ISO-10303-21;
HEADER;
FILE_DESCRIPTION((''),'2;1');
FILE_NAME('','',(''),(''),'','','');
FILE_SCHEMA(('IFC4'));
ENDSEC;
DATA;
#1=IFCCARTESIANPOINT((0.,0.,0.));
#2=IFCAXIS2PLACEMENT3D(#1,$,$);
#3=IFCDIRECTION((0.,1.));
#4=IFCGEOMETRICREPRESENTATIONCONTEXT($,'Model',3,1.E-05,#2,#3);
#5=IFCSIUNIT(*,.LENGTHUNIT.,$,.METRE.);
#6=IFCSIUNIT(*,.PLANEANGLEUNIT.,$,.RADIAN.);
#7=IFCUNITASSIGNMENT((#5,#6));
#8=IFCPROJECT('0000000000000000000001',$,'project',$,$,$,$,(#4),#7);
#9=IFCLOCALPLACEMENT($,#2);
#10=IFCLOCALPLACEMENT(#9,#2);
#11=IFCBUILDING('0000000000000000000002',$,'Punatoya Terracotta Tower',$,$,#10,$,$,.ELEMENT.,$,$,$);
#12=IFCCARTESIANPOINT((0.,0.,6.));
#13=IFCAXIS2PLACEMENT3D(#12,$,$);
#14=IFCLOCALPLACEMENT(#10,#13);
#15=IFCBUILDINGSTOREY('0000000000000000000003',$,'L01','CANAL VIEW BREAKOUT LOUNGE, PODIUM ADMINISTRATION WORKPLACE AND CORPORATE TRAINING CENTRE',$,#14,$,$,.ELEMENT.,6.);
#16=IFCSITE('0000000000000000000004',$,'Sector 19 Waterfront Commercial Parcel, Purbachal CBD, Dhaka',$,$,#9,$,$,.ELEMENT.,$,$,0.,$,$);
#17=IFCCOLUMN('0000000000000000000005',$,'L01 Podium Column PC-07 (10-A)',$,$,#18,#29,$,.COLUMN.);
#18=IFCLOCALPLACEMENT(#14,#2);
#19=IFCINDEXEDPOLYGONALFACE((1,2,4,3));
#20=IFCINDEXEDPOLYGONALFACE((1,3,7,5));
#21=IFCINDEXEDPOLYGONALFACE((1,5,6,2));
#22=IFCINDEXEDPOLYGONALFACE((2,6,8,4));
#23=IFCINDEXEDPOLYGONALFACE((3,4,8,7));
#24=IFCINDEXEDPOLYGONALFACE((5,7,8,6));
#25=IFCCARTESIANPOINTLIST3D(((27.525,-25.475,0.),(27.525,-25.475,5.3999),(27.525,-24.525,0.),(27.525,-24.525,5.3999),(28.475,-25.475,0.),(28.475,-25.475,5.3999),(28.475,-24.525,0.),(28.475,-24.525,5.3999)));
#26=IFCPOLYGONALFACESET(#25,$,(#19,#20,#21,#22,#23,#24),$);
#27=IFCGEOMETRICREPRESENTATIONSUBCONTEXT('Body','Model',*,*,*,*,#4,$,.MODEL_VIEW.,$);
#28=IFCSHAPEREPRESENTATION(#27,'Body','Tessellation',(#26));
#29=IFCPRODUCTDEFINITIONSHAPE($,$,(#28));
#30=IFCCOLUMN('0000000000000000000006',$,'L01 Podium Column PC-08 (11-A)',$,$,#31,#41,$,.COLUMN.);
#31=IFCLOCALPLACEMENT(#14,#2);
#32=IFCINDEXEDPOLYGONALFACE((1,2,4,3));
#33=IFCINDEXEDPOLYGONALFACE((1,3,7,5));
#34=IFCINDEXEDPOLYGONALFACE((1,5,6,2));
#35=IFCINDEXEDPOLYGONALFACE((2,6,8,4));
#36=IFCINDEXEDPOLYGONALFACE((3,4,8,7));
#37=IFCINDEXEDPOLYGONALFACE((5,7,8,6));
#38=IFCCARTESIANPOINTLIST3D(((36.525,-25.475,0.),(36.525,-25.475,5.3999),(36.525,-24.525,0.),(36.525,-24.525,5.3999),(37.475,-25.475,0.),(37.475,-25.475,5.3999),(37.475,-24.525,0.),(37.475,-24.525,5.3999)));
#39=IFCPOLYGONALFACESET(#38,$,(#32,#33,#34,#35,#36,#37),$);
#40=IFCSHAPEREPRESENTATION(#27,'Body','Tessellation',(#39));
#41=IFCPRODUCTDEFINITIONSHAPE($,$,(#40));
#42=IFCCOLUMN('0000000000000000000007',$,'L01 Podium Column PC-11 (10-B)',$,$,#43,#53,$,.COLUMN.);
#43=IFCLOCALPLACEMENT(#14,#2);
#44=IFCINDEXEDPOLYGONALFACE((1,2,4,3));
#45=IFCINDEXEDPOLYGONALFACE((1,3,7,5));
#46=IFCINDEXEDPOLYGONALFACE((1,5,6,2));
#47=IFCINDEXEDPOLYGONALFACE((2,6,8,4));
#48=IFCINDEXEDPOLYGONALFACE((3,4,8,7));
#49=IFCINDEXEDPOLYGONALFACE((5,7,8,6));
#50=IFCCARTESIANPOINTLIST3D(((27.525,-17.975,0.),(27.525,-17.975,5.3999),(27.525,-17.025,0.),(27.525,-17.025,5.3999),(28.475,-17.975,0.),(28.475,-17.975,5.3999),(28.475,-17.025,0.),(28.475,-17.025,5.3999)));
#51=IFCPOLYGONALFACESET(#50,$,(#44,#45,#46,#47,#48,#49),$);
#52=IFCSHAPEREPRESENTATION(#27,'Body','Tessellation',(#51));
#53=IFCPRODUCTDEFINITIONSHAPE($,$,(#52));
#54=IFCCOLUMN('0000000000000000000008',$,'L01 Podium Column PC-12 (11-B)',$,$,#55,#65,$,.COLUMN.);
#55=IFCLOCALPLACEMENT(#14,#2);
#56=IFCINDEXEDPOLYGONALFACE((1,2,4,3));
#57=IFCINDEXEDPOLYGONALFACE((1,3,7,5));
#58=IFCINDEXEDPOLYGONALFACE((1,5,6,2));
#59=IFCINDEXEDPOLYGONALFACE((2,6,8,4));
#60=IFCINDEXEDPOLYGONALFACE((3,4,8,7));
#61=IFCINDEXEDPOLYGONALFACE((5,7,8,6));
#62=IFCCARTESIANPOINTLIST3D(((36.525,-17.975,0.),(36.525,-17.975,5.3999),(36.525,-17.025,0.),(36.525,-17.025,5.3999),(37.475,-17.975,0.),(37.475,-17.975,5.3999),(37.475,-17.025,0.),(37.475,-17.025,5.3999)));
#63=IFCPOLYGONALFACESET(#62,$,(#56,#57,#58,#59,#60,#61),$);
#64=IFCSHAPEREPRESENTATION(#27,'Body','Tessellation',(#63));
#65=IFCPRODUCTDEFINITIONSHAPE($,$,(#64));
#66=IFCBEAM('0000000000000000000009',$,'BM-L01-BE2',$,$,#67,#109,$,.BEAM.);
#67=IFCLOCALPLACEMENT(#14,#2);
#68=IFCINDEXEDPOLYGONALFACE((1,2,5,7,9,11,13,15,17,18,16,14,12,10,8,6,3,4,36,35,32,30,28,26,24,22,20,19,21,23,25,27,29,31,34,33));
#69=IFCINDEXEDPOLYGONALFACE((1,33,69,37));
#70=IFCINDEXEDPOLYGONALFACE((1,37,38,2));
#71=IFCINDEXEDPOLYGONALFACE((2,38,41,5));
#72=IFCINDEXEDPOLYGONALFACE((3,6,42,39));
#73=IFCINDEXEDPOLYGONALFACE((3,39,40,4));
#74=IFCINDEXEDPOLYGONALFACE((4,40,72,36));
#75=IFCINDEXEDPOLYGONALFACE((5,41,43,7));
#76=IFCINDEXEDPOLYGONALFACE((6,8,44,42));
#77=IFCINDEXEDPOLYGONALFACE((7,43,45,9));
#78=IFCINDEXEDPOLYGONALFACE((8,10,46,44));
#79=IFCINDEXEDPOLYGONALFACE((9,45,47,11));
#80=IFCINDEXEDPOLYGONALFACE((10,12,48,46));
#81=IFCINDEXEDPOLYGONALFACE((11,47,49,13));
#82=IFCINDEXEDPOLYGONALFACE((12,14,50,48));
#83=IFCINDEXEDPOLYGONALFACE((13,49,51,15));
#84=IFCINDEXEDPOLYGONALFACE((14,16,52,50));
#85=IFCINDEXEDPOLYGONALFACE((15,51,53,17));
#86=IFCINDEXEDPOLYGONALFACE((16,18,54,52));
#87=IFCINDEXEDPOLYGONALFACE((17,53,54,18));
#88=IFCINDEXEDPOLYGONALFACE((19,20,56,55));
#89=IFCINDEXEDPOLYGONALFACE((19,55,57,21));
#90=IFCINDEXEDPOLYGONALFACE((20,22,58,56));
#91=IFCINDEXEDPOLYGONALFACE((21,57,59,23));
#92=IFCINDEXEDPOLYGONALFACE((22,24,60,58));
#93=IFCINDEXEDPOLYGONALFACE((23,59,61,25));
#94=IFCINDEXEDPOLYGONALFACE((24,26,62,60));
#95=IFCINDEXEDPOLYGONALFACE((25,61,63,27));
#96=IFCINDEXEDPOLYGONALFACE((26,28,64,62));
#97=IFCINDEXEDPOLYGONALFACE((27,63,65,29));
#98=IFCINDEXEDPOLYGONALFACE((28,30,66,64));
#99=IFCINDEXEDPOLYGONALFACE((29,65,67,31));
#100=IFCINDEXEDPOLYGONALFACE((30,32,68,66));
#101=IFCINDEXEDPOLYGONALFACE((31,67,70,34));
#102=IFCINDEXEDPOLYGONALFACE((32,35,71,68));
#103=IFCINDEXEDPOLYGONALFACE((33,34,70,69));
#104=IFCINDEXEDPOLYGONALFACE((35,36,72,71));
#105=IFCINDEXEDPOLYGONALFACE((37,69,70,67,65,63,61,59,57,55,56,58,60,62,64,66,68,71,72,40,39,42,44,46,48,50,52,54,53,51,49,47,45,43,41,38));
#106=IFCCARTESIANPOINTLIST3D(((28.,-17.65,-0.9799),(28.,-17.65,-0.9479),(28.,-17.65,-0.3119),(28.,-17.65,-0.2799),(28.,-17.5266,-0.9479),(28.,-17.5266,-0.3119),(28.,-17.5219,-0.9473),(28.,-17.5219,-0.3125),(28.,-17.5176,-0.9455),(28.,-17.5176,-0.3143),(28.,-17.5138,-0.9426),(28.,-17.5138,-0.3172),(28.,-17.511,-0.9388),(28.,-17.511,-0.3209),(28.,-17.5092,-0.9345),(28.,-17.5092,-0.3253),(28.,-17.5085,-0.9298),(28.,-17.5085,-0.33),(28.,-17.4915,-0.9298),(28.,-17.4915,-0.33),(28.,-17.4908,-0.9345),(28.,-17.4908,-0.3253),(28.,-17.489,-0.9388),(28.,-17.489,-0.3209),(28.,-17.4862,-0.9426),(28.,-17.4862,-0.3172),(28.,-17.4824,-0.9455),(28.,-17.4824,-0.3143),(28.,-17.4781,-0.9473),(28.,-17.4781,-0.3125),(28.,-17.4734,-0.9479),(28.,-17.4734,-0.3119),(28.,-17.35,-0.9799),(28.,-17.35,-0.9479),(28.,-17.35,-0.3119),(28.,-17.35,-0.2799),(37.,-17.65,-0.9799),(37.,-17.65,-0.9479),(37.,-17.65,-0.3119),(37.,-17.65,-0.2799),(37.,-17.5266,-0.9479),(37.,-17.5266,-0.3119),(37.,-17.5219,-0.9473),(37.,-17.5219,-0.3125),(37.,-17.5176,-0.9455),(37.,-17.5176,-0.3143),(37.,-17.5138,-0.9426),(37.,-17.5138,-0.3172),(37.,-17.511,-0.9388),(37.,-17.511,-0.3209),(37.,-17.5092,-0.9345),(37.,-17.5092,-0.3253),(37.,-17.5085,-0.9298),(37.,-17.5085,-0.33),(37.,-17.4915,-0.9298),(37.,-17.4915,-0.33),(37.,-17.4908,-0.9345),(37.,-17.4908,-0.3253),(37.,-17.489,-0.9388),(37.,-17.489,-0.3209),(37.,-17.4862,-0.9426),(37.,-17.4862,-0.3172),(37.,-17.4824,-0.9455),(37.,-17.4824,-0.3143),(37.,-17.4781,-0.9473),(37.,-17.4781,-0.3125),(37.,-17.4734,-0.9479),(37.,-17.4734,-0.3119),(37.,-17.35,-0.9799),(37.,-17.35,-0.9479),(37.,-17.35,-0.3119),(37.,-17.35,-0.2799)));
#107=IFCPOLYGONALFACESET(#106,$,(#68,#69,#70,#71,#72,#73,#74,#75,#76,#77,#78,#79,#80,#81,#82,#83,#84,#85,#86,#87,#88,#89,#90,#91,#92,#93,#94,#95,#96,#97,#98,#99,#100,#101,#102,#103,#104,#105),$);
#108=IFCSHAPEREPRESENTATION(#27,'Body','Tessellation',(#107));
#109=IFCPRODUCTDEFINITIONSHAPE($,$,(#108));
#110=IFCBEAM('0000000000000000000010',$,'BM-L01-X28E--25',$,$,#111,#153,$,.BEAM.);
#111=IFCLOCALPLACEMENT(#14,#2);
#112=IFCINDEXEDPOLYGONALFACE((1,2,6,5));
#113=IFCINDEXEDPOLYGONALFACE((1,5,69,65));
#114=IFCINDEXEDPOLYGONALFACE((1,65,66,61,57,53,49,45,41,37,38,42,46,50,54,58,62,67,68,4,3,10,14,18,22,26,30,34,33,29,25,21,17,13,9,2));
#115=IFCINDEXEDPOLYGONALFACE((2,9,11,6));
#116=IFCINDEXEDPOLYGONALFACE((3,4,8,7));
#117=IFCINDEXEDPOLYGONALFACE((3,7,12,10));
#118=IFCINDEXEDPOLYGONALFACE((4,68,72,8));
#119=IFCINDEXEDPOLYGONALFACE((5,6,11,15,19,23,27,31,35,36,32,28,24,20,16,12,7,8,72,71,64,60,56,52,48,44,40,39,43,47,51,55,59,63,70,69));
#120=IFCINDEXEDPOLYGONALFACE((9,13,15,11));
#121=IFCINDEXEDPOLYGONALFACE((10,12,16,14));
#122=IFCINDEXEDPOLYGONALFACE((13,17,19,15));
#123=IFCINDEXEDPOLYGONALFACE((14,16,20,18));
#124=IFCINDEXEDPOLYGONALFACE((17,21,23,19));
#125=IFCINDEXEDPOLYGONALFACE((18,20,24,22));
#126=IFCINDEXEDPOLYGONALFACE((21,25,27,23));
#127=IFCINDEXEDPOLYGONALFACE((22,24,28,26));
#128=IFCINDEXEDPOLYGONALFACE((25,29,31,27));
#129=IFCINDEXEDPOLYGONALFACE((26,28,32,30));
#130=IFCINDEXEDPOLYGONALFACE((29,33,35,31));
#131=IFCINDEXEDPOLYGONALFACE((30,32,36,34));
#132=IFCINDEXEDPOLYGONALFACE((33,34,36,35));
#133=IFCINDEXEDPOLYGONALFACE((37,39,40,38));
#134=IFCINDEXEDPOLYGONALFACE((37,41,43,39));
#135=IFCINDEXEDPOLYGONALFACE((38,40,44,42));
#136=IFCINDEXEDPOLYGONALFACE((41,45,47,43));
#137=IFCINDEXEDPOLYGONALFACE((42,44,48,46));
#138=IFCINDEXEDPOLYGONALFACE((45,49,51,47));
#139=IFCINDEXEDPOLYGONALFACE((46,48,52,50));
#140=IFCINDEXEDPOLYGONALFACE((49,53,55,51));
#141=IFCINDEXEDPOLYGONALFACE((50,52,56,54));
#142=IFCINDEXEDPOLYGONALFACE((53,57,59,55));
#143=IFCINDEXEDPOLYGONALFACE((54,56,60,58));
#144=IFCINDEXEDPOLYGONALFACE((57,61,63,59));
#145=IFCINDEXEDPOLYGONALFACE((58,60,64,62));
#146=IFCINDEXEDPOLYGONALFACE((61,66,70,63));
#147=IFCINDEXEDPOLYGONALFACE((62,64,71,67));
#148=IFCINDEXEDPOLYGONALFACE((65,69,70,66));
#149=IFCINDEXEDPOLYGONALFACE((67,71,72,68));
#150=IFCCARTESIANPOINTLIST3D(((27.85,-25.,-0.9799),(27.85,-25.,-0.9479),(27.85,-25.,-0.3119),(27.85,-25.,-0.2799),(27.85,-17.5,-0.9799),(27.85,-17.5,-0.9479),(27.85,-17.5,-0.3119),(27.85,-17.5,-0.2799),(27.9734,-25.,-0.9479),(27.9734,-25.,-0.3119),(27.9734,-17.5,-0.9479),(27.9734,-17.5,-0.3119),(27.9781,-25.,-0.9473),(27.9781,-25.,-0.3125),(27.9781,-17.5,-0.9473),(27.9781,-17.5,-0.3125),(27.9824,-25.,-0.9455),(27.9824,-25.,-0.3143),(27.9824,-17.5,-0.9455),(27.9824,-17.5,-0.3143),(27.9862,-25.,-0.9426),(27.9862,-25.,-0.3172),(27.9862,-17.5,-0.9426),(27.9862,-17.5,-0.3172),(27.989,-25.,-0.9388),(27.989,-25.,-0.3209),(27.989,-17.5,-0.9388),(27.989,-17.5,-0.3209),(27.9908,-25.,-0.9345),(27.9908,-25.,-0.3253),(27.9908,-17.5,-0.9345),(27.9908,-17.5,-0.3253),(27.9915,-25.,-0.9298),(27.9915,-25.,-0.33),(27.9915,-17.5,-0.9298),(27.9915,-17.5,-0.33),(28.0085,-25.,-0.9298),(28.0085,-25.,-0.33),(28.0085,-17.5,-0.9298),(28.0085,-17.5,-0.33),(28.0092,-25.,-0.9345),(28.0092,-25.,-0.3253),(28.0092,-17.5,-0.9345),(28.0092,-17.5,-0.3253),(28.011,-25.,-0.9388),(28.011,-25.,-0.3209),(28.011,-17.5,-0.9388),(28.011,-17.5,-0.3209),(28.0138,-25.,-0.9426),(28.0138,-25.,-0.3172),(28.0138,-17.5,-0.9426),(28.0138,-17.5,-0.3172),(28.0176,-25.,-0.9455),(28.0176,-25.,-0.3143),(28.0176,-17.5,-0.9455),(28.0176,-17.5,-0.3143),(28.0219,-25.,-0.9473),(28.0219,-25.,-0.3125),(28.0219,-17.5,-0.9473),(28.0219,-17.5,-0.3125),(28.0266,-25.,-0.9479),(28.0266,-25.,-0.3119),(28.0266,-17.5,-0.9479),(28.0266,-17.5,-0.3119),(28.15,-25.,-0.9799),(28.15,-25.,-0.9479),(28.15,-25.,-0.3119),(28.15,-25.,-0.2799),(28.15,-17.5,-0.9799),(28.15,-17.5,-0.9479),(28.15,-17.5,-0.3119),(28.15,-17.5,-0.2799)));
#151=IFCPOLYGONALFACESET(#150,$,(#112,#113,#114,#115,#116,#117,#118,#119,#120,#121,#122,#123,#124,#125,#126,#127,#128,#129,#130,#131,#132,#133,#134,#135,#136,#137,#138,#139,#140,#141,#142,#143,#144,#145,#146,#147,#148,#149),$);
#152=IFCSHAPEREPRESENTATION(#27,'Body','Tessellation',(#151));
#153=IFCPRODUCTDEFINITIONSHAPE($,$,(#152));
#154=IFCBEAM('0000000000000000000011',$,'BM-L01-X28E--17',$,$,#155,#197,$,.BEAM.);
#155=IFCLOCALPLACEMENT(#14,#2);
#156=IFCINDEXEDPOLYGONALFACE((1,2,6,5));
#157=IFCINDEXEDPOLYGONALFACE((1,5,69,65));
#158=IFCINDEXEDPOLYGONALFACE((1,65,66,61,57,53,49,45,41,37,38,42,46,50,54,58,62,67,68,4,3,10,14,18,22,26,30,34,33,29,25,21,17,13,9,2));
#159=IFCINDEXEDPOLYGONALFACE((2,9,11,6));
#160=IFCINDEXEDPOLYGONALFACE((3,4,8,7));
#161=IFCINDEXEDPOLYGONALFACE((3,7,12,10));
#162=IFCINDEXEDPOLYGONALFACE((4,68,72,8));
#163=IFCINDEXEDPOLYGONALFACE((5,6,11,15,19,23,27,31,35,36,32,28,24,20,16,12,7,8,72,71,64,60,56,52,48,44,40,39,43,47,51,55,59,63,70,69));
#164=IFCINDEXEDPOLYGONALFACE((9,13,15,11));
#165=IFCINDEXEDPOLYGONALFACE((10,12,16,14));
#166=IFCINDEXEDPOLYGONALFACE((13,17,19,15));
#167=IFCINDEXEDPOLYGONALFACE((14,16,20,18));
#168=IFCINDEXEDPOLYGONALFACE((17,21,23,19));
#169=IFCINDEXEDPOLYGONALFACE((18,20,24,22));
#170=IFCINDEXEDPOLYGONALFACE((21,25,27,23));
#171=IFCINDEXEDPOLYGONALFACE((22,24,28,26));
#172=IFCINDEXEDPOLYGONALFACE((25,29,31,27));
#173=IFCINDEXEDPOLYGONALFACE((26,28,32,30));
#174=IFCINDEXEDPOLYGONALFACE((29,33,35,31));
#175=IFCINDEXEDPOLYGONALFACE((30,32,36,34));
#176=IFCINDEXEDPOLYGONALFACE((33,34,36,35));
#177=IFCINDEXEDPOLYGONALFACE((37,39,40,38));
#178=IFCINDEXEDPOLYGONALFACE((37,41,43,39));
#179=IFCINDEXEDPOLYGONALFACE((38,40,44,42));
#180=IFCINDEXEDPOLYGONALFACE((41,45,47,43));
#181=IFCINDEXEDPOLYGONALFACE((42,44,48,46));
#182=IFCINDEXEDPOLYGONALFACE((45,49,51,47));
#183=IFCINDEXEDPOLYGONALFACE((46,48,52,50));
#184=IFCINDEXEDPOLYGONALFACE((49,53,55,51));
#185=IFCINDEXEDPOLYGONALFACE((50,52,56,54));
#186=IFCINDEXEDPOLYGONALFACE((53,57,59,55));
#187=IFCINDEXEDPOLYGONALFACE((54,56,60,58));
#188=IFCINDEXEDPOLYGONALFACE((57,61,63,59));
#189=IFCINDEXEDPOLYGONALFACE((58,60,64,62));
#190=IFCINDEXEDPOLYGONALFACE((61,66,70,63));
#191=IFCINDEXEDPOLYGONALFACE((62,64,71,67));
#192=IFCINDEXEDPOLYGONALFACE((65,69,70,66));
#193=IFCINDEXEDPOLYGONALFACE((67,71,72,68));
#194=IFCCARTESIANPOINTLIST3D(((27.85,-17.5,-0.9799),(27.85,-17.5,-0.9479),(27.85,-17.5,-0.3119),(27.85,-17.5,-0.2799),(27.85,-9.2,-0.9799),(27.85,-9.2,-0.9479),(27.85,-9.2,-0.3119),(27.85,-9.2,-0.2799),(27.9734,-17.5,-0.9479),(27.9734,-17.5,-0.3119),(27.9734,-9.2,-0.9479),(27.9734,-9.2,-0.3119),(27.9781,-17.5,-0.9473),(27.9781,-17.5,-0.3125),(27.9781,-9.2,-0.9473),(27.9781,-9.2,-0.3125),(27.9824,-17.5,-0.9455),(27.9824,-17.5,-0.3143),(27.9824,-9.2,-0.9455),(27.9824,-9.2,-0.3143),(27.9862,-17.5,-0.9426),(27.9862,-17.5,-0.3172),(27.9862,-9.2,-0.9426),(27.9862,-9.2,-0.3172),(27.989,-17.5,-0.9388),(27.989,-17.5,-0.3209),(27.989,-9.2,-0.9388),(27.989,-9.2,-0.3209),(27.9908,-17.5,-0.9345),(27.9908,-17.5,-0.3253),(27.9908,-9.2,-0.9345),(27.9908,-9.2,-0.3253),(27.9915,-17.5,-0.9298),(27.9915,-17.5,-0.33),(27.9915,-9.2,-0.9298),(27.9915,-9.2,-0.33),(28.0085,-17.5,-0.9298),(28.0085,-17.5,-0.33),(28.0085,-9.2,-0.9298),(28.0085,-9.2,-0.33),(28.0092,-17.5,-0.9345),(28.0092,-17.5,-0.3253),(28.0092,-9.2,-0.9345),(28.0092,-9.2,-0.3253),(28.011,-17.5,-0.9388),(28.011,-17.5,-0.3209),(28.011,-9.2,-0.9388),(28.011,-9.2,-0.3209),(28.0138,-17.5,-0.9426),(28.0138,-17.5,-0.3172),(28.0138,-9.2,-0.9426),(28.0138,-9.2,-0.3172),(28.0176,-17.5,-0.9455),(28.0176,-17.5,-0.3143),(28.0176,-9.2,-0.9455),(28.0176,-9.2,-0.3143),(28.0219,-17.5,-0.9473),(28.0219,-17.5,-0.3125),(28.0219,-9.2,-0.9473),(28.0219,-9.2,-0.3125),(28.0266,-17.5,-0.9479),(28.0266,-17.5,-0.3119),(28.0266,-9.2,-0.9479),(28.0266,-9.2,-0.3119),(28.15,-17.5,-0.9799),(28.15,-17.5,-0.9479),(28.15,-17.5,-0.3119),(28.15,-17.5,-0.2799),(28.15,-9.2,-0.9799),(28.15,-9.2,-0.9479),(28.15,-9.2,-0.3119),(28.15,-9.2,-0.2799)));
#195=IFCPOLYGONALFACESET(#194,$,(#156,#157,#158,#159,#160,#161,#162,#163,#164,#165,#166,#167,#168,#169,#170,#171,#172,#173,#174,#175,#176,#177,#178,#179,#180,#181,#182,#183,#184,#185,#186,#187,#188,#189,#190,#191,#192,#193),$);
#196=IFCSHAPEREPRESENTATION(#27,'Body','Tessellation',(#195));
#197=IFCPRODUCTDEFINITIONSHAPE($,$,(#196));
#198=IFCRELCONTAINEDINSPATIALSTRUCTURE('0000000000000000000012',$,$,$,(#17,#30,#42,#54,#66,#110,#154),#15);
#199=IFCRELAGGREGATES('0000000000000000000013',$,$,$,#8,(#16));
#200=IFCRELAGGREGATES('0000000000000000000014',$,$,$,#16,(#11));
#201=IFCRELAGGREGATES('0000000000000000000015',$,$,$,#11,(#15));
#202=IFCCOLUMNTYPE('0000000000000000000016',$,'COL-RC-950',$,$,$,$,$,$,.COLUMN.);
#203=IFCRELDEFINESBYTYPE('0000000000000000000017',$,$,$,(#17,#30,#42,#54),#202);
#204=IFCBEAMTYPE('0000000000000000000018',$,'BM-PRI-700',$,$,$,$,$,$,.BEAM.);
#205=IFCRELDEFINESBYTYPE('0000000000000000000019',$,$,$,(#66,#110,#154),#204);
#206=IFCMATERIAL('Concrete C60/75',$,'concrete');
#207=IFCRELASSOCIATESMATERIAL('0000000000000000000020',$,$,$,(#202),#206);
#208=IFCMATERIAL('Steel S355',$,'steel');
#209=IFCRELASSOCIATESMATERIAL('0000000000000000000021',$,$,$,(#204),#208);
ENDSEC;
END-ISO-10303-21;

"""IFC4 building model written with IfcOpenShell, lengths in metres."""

from ifc_helpers import new_model, si_unit, direction, frame, origin, origin_2d, place, context, subcontext, project, spatial, rectangle, i_section, extrude, material, material_profile, profile_set, type_object, element, save


model = new_model("IFC4")

# Units and contexts
model_context = context("Model", 3, precision=1e-05, world=origin(), true_north=direction((0.0, 1.0)))
body_context = subcontext(model_context, "Body", "Model", "MODEL_VIEW")
ifc_project = project(units=[si_unit("LENGTHUNIT", "METRE"), si_unit("PLANEANGLEUNIT", "RADIAN")], contexts=[model_context])

# Site, building, storey
site_placement = place(None, origin())
site = spatial("IfcSite", under=ifc_project, at=site_placement, Name="Sector 19 Waterfront Commercial Parcel, Purbachal CBD, Dhaka", CompositionType="ELEMENT", RefElevation=0.0)
building_placement = place(site_placement, origin())
building = spatial("IfcBuilding", under=site, at=building_placement, Name="Punatoya Terracotta Tower", CompositionType="ELEMENT")
storey_placement = place(building_placement, frame((0.0, 0.0, 6.0)))
storey = spatial("IfcBuildingStorey", under=building, at=storey_placement, Name="L01", Description="CANAL VIEW BREAKOUT LOUNGE, PODIUM ADMINISTRATION WORKPLACE AND CORPORATE TRAINING CENTRE", CompositionType="ELEMENT", Elevation=6.0)

# Columns
ifc_material_1 = material(Name="Concrete C60/75", Category="concrete")
ifc_material_profile_1 = material_profile(ifc_material_1, rectangle(XDim=0.95, YDim=0.95, at=origin_2d()))
ifc_profile_set_1 = profile_set([ifc_material_profile_1], Name="Concrete C60/75")
column_type = type_object("IfcColumnType", Name="COL-RC-950", PredefinedType="COLUMN", material=ifc_profile_set_1)
for number, where, z_axis, x_axis, name in (
    (1, (28.0, -25.0, 0.0), (0.0, 0.0, 1.0), (1.0, 0.0, 0.0), "L01 Podium Column PC-07 (10-A)"),
    (2, (37.0, -25.0, 0.0), (0.0, 0.0, 1.0), (1.0, 0.0, 0.0), "L01 Podium Column PC-08 (11-A)"),
    (3, (28.0, -17.5, 0.0), (0.0, 0.0, 1.0), (1.0, 0.0, 0.0), "L01 Podium Column PC-11 (10-B)"),
    (4, (37.0, -17.5, 0.0), (0.0, 0.0, 1.0), (1.0, 0.0, 0.0), "L01 Podium Column PC-12 (11-B)"),
):
    element("IfcColumn", number, at=place(storey_placement, frame(where, z_axis=z_axis, x_axis=x_axis)), inside=storey, type_object=column_type, Name=name, PredefinedType="COLUMN", context=body_context, shape_type="SweptSolid", body=[
        extrude(rectangle(XDim=0.95, YDim=0.95, at=origin_2d()), origin(), (0.0, 0.0, 1.0), 5.3999),
    ])

# Beams
ifc_material_2 = material(Name="Steel S355", Category="steel")
ifc_material_profile_2 = material_profile(ifc_material_2, i_section(OverallWidth=0.3, OverallDepth=0.7, WebThickness=0.0171, FlangeThickness=0.032, FilletRadius=0.0181, at=origin_2d()))
ifc_profile_set_2 = profile_set([ifc_material_profile_2], Name="Steel S355")
beam_type_1 = type_object("IfcBeamType", Name="BM-PRI-700", PredefinedType="BEAM", material=ifc_profile_set_2)
beam_1_placement = place(storey_placement, frame((28.0, -17.5, -0.6299), z_axis=(1.0, 0.0, 0.0), x_axis=(0.0, 1.0, 0.0)))
element("IfcBeam", 5, at=beam_1_placement, inside=storey, type_object=beam_type_1, Name="BM-L01-BE2", PredefinedType="BEAM", context=body_context, shape_type="SweptSolid", body=[
    extrude(i_section(OverallWidth=0.3, OverallDepth=0.7, WebThickness=0.0171, FlangeThickness=0.032, FilletRadius=0.0181, at=origin_2d()), origin(), (0.0, 0.0, 1.0), 9.0),
])
beam_2_placement = place(storey_placement, frame((28.0, -25.0, -0.6299), z_axis=(0.0, 1.0, 0.0), x_axis=(-1.0, 0.0, 0.0)))
element("IfcBeam", 6, at=beam_2_placement, inside=storey, type_object=beam_type_1, Name="BM-L01-X28E--25", PredefinedType="BEAM", context=body_context, shape_type="SweptSolid", body=[
    extrude(i_section(OverallWidth=0.3, OverallDepth=0.7, WebThickness=0.0171, FlangeThickness=0.032, FilletRadius=0.0181, at=origin_2d()), origin(), (0.0, 0.0, 1.0), 7.5),
])
beam_3_placement = place(storey_placement, frame((28.0, -17.5, -0.6299), z_axis=(0.0, 1.0, 0.0), x_axis=(-1.0, 0.0, 0.0)))
element("IfcBeam", 7, at=beam_3_placement, inside=storey, type_object=beam_type_1, Name="BM-L01-X28E--17", PredefinedType="BEAM", context=body_context, shape_type="SweptSolid", body=[
    extrude(i_section(OverallWidth=0.3, OverallDepth=0.7, WebThickness=0.0171, FlangeThickness=0.032, FilletRadius=0.0181, at=origin_2d()), origin(), (0.0, 0.0, 1.0), 8.3),
])

save(model, "model.ifc")
